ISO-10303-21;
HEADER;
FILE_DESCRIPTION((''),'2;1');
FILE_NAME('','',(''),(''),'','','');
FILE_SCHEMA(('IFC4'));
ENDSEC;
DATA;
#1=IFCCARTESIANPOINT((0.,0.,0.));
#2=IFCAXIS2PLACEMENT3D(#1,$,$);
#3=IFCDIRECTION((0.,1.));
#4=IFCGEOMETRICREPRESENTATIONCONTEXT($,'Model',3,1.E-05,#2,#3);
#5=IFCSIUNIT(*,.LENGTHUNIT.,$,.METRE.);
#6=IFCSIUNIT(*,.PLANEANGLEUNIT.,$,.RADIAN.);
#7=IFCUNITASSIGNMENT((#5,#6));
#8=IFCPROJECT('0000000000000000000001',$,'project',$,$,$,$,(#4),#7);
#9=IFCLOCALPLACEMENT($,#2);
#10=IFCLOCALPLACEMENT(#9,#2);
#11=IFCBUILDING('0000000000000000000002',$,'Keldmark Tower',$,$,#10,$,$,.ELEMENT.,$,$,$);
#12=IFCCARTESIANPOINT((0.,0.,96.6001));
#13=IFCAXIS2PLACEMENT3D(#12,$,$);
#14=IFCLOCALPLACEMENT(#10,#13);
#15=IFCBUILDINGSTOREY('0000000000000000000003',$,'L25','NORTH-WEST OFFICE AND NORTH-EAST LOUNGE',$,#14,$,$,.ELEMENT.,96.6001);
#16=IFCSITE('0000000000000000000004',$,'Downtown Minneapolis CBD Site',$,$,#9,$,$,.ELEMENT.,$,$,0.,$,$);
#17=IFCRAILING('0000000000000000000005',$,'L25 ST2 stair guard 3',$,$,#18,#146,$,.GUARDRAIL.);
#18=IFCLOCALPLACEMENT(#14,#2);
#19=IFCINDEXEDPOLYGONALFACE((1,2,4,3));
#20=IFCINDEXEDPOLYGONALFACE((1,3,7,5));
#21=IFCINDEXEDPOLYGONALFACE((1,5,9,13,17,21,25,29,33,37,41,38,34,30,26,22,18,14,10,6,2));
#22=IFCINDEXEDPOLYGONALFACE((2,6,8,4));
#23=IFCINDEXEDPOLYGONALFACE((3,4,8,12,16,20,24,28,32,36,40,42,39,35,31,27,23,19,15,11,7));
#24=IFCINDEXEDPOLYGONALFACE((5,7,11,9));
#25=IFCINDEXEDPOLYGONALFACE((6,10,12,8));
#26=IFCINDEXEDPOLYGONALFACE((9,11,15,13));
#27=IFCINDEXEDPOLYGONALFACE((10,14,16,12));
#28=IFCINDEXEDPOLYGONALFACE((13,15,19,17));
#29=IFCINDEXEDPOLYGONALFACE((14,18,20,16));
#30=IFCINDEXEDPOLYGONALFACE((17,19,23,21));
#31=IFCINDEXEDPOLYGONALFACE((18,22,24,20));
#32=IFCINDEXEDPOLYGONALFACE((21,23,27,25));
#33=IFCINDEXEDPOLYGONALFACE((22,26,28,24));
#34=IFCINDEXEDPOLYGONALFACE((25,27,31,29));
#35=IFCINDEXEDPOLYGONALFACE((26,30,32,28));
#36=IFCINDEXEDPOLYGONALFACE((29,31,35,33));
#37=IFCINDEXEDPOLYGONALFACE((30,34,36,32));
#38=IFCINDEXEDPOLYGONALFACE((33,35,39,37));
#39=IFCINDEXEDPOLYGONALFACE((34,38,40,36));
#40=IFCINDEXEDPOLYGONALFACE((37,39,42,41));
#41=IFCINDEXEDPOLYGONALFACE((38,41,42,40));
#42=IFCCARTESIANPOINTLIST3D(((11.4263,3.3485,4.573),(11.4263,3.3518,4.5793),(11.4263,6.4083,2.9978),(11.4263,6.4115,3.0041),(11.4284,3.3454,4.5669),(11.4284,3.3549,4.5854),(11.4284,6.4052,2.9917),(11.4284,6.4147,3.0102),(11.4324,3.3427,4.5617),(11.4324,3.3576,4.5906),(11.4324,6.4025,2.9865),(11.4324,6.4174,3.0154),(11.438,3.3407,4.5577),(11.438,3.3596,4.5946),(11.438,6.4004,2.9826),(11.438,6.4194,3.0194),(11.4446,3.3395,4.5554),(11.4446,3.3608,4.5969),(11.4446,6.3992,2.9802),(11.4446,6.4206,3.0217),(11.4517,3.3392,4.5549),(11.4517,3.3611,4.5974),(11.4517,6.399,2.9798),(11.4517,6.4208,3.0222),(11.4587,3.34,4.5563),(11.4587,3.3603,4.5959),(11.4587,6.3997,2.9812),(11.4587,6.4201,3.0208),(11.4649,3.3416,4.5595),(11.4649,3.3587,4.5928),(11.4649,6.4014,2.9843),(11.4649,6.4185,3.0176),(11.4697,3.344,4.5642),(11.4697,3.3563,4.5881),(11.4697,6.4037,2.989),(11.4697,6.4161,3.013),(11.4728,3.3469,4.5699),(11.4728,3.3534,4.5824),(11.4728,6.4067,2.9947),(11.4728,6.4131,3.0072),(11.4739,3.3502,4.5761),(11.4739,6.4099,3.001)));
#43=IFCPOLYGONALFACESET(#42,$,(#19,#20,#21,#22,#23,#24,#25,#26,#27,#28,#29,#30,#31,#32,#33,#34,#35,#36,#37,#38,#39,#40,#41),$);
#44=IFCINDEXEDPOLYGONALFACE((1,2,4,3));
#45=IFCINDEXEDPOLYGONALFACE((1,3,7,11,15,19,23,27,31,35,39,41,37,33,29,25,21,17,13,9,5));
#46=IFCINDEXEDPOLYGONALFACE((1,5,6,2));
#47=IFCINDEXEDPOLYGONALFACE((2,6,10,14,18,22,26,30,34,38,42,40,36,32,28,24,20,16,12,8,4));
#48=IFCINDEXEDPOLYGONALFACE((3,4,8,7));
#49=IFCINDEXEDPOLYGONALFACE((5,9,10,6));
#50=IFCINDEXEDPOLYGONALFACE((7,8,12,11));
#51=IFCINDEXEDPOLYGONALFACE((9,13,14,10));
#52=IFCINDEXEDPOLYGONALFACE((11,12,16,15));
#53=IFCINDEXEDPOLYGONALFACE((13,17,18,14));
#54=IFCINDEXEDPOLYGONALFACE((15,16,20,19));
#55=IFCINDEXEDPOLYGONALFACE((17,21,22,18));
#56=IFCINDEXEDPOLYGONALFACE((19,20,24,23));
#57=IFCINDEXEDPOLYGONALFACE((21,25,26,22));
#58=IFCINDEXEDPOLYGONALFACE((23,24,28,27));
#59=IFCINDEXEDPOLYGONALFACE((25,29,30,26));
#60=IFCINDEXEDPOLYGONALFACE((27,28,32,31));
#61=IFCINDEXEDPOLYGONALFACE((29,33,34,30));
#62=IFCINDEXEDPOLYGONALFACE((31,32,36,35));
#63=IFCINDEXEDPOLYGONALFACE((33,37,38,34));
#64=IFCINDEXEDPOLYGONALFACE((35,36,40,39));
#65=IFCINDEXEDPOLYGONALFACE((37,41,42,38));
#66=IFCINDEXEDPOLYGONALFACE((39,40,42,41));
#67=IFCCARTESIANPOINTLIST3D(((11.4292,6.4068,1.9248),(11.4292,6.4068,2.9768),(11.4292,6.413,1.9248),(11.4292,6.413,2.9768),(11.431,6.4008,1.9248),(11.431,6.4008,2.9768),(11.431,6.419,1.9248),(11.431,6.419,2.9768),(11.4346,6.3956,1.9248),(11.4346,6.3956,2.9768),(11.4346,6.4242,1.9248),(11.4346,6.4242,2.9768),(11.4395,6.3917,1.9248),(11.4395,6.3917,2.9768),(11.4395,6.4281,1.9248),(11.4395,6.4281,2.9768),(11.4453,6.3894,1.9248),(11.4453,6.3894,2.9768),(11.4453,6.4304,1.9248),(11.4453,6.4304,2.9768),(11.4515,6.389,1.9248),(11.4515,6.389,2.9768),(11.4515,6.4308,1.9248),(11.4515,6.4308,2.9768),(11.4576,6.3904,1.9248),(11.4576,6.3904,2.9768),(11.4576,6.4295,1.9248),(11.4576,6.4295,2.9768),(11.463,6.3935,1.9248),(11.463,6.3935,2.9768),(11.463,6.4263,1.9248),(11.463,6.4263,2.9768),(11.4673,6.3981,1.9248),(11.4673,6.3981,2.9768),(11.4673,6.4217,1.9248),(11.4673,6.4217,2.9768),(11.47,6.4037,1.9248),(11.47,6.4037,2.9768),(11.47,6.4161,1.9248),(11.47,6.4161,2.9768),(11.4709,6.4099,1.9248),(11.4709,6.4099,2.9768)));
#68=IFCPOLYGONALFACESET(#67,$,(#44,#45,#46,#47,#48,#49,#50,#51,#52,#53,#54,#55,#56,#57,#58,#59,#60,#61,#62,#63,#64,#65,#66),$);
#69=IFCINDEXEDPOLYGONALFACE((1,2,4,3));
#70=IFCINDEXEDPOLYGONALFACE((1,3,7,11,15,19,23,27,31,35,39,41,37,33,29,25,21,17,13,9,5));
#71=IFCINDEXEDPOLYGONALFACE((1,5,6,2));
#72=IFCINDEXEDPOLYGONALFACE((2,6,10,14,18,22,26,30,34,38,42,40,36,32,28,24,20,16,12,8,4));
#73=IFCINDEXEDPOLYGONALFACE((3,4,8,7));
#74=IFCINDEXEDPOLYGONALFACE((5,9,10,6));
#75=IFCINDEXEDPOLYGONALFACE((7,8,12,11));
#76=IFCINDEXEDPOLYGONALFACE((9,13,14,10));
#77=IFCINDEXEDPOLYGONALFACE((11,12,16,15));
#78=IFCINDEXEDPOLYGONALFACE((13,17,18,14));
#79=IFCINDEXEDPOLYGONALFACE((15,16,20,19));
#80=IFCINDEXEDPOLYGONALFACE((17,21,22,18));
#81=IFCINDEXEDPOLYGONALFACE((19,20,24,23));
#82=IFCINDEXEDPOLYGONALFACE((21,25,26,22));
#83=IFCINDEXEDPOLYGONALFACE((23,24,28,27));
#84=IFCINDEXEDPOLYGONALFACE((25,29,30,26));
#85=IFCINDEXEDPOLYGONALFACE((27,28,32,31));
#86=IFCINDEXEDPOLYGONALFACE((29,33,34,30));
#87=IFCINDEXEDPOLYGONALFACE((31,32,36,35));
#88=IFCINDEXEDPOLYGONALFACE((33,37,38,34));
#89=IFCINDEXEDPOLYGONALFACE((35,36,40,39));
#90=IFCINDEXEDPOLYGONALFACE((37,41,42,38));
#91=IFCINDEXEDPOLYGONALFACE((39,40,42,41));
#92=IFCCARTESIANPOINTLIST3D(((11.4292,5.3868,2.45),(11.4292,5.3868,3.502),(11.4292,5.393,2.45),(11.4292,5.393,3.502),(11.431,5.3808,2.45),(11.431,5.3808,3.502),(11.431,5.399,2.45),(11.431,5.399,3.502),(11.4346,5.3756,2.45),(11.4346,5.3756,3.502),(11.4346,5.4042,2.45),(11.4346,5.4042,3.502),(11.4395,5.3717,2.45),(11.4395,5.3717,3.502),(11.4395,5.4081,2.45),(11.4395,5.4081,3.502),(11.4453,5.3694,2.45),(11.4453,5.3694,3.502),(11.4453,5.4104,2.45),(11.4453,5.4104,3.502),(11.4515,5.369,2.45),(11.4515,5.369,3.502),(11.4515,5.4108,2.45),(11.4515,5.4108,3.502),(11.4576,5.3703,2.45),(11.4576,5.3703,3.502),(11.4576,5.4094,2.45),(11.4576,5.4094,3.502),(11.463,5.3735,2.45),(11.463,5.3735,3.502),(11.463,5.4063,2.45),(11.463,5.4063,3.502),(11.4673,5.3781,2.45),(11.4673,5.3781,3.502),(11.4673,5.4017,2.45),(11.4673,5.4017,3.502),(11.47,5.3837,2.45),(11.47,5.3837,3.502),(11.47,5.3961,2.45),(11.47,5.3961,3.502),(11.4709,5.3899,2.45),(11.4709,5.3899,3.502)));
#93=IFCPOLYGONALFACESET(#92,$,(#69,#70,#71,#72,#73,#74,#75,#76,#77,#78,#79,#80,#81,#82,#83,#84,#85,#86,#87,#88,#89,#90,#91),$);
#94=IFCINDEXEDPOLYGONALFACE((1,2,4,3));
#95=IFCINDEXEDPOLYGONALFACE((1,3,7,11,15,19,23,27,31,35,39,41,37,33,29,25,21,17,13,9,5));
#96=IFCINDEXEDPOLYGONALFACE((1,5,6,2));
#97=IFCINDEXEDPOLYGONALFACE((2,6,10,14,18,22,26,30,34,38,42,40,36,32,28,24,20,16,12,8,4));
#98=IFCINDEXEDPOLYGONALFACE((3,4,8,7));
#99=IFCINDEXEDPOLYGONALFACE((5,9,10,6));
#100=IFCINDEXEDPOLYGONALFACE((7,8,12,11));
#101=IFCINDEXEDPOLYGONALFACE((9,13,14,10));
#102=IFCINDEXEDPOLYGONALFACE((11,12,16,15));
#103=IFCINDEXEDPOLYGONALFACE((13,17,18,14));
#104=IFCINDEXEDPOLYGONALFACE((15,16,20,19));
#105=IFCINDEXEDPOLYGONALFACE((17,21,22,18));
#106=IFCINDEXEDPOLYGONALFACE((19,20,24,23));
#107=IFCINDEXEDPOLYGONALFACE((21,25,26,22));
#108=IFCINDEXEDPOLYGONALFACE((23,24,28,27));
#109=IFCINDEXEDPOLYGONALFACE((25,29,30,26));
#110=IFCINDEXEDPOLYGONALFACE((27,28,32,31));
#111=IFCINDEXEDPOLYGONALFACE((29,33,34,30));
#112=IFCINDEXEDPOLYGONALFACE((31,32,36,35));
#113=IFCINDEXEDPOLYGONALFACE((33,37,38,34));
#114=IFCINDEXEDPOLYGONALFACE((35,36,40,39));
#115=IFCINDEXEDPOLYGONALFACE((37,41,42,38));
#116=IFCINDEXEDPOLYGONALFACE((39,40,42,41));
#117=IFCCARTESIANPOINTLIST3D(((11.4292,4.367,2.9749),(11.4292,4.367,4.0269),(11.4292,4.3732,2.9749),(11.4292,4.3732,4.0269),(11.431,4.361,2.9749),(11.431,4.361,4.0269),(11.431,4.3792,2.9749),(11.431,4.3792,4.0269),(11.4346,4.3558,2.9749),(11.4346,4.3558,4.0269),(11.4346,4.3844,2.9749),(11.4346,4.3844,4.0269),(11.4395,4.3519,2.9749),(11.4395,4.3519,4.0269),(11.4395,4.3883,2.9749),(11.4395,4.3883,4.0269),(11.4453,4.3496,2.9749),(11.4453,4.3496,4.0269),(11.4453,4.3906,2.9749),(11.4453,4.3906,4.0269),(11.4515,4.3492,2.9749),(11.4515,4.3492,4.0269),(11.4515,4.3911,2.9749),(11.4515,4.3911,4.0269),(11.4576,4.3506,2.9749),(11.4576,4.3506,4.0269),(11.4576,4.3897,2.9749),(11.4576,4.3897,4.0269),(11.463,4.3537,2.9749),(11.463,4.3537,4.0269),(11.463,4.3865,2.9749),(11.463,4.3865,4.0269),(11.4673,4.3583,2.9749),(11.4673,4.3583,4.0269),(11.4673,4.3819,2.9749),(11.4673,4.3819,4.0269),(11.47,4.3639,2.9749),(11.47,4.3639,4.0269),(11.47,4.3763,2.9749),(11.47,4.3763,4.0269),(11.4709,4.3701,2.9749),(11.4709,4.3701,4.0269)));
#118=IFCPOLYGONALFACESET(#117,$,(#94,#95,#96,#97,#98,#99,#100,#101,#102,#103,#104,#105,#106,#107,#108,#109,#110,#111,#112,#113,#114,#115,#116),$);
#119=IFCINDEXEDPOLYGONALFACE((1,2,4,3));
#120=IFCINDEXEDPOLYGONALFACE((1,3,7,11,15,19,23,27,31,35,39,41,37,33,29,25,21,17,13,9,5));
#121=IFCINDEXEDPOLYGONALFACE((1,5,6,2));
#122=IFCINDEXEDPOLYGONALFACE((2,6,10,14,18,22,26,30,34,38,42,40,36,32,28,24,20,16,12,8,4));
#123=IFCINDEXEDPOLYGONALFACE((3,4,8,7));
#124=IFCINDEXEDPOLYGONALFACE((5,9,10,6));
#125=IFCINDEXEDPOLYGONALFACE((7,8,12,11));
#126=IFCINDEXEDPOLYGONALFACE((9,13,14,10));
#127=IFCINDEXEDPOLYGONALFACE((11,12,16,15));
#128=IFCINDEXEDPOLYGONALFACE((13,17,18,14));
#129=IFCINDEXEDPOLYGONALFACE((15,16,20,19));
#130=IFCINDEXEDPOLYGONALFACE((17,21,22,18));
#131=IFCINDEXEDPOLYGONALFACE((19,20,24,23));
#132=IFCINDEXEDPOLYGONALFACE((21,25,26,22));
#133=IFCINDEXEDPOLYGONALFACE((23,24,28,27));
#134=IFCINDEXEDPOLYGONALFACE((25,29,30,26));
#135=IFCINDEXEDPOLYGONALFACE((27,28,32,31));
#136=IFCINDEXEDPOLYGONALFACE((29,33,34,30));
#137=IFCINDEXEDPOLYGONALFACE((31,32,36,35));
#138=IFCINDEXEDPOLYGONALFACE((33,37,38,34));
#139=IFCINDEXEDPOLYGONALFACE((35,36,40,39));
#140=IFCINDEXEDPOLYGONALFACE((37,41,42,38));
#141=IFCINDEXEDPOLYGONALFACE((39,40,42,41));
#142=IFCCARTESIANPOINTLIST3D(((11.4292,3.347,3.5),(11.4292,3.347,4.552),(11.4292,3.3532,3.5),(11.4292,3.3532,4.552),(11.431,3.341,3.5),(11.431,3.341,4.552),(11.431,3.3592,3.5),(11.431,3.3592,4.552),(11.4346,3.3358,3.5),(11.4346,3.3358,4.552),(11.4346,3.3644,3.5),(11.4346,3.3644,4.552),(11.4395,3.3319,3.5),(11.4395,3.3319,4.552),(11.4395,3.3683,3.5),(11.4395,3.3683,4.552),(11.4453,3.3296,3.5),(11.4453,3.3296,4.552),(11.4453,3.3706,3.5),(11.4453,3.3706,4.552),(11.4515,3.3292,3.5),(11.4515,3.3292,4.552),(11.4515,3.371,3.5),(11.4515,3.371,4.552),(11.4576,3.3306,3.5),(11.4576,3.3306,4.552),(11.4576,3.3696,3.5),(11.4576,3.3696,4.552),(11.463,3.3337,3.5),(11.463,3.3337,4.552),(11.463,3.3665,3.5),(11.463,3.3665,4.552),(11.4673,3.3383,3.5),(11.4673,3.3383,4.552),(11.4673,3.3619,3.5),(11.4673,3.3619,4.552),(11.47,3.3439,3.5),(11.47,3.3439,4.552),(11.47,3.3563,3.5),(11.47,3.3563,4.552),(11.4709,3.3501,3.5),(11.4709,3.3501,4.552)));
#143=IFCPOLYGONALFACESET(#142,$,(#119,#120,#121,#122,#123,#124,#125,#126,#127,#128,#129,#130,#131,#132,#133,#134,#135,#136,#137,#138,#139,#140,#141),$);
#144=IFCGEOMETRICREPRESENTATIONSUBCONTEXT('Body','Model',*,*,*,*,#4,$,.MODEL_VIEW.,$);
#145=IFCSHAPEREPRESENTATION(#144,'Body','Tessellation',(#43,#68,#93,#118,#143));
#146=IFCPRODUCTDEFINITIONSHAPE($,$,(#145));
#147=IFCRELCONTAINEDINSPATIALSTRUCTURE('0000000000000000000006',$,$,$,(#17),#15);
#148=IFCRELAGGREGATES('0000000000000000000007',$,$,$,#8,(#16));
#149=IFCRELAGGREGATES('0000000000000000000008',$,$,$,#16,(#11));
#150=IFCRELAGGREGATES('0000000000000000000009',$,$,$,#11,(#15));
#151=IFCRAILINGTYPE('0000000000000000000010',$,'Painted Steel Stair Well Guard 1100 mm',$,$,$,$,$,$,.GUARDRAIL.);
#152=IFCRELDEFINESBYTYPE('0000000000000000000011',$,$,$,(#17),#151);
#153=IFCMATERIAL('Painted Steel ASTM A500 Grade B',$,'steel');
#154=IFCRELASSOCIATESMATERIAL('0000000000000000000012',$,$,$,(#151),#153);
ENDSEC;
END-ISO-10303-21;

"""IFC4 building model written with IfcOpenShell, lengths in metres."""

from ifc_helpers import new_model, si_unit, direction, frame, origin, origin_2d, place, context, subcontext, project, spatial, circle, extrude, material, type_object, element, save


model = new_model("IFC4")

# Units and contexts
model_context = context("Model", 3, precision=1e-05, world=origin(), true_north=direction((0.0, 1.0)))
body_context = subcontext(model_context, "Body", "Model", "MODEL_VIEW")
ifc_project = project(units=[si_unit("LENGTHUNIT", "METRE"), si_unit("PLANEANGLEUNIT", "RADIAN")], contexts=[model_context])

# Site, building, storey
site_placement = place(None, origin())
site = spatial("IfcSite", under=ifc_project, at=site_placement, Name="Downtown Minneapolis CBD Site", CompositionType="ELEMENT", RefElevation=0.0)
building_placement = place(site_placement, origin())
building = spatial("IfcBuilding", under=site, at=building_placement, Name="Keldmark Tower", CompositionType="ELEMENT")
storey_placement = place(building_placement, frame((0.0, 0.0, 96.6001)))
storey = spatial("IfcBuildingStorey", under=building, at=storey_placement, Name="L25", Description="NORTH-WEST OFFICE AND NORTH-EAST LOUNGE", CompositionType="ELEMENT", Elevation=96.6001)

# Railing
ifc_material_1 = material(Name="Painted Steel ASTM A500 Grade B", Category="steel")
railing_type_1 = type_object("IfcRailingType", Name="Painted Steel Stair Well Guard 1100 mm", PredefinedType="GUARDRAIL", material=ifc_material_1)
railing_1_placement = place(storey_placement, frame((11.45, 6.4099, 1.9248)))
element("IfcRailing", 1, at=railing_1_placement, inside=storey, type_object=railing_type_1, Name="L25 ST2 stair guard 3", PredefinedType="GUARDRAIL", context=body_context, shape_type="SweptSolid", body=[
    extrude(circle(Radius=0.0239, at=origin_2d()), frame((0.0, 0.0, 1.0762), z_axis=(0.0, -0.889101, 0.45771), x_axis=(1.0, 0.0, 0.0)), (0.0, 0.0, 1.0), 3.4414),
    extrude(circle(Radius=0.021, at=origin_2d()), origin(), (0.0, 0.0, 1.0), 1.052),
    extrude(circle(Radius=0.021, at=origin_2d()), frame((0.0, -1.02, 0.5251)), (0.0, 0.0, 1.0), 1.052),
    extrude(circle(Radius=0.021, at=origin_2d()), frame((0.0, -2.0398, 1.05)), (0.0, 0.0, 1.0), 1.052),
    extrude(circle(Radius=0.021, at=origin_2d()), frame((0.0, -3.0598, 1.5752)), (0.0, 0.0, 1.0), 1.052),
])

save(model, "model.ifc")
